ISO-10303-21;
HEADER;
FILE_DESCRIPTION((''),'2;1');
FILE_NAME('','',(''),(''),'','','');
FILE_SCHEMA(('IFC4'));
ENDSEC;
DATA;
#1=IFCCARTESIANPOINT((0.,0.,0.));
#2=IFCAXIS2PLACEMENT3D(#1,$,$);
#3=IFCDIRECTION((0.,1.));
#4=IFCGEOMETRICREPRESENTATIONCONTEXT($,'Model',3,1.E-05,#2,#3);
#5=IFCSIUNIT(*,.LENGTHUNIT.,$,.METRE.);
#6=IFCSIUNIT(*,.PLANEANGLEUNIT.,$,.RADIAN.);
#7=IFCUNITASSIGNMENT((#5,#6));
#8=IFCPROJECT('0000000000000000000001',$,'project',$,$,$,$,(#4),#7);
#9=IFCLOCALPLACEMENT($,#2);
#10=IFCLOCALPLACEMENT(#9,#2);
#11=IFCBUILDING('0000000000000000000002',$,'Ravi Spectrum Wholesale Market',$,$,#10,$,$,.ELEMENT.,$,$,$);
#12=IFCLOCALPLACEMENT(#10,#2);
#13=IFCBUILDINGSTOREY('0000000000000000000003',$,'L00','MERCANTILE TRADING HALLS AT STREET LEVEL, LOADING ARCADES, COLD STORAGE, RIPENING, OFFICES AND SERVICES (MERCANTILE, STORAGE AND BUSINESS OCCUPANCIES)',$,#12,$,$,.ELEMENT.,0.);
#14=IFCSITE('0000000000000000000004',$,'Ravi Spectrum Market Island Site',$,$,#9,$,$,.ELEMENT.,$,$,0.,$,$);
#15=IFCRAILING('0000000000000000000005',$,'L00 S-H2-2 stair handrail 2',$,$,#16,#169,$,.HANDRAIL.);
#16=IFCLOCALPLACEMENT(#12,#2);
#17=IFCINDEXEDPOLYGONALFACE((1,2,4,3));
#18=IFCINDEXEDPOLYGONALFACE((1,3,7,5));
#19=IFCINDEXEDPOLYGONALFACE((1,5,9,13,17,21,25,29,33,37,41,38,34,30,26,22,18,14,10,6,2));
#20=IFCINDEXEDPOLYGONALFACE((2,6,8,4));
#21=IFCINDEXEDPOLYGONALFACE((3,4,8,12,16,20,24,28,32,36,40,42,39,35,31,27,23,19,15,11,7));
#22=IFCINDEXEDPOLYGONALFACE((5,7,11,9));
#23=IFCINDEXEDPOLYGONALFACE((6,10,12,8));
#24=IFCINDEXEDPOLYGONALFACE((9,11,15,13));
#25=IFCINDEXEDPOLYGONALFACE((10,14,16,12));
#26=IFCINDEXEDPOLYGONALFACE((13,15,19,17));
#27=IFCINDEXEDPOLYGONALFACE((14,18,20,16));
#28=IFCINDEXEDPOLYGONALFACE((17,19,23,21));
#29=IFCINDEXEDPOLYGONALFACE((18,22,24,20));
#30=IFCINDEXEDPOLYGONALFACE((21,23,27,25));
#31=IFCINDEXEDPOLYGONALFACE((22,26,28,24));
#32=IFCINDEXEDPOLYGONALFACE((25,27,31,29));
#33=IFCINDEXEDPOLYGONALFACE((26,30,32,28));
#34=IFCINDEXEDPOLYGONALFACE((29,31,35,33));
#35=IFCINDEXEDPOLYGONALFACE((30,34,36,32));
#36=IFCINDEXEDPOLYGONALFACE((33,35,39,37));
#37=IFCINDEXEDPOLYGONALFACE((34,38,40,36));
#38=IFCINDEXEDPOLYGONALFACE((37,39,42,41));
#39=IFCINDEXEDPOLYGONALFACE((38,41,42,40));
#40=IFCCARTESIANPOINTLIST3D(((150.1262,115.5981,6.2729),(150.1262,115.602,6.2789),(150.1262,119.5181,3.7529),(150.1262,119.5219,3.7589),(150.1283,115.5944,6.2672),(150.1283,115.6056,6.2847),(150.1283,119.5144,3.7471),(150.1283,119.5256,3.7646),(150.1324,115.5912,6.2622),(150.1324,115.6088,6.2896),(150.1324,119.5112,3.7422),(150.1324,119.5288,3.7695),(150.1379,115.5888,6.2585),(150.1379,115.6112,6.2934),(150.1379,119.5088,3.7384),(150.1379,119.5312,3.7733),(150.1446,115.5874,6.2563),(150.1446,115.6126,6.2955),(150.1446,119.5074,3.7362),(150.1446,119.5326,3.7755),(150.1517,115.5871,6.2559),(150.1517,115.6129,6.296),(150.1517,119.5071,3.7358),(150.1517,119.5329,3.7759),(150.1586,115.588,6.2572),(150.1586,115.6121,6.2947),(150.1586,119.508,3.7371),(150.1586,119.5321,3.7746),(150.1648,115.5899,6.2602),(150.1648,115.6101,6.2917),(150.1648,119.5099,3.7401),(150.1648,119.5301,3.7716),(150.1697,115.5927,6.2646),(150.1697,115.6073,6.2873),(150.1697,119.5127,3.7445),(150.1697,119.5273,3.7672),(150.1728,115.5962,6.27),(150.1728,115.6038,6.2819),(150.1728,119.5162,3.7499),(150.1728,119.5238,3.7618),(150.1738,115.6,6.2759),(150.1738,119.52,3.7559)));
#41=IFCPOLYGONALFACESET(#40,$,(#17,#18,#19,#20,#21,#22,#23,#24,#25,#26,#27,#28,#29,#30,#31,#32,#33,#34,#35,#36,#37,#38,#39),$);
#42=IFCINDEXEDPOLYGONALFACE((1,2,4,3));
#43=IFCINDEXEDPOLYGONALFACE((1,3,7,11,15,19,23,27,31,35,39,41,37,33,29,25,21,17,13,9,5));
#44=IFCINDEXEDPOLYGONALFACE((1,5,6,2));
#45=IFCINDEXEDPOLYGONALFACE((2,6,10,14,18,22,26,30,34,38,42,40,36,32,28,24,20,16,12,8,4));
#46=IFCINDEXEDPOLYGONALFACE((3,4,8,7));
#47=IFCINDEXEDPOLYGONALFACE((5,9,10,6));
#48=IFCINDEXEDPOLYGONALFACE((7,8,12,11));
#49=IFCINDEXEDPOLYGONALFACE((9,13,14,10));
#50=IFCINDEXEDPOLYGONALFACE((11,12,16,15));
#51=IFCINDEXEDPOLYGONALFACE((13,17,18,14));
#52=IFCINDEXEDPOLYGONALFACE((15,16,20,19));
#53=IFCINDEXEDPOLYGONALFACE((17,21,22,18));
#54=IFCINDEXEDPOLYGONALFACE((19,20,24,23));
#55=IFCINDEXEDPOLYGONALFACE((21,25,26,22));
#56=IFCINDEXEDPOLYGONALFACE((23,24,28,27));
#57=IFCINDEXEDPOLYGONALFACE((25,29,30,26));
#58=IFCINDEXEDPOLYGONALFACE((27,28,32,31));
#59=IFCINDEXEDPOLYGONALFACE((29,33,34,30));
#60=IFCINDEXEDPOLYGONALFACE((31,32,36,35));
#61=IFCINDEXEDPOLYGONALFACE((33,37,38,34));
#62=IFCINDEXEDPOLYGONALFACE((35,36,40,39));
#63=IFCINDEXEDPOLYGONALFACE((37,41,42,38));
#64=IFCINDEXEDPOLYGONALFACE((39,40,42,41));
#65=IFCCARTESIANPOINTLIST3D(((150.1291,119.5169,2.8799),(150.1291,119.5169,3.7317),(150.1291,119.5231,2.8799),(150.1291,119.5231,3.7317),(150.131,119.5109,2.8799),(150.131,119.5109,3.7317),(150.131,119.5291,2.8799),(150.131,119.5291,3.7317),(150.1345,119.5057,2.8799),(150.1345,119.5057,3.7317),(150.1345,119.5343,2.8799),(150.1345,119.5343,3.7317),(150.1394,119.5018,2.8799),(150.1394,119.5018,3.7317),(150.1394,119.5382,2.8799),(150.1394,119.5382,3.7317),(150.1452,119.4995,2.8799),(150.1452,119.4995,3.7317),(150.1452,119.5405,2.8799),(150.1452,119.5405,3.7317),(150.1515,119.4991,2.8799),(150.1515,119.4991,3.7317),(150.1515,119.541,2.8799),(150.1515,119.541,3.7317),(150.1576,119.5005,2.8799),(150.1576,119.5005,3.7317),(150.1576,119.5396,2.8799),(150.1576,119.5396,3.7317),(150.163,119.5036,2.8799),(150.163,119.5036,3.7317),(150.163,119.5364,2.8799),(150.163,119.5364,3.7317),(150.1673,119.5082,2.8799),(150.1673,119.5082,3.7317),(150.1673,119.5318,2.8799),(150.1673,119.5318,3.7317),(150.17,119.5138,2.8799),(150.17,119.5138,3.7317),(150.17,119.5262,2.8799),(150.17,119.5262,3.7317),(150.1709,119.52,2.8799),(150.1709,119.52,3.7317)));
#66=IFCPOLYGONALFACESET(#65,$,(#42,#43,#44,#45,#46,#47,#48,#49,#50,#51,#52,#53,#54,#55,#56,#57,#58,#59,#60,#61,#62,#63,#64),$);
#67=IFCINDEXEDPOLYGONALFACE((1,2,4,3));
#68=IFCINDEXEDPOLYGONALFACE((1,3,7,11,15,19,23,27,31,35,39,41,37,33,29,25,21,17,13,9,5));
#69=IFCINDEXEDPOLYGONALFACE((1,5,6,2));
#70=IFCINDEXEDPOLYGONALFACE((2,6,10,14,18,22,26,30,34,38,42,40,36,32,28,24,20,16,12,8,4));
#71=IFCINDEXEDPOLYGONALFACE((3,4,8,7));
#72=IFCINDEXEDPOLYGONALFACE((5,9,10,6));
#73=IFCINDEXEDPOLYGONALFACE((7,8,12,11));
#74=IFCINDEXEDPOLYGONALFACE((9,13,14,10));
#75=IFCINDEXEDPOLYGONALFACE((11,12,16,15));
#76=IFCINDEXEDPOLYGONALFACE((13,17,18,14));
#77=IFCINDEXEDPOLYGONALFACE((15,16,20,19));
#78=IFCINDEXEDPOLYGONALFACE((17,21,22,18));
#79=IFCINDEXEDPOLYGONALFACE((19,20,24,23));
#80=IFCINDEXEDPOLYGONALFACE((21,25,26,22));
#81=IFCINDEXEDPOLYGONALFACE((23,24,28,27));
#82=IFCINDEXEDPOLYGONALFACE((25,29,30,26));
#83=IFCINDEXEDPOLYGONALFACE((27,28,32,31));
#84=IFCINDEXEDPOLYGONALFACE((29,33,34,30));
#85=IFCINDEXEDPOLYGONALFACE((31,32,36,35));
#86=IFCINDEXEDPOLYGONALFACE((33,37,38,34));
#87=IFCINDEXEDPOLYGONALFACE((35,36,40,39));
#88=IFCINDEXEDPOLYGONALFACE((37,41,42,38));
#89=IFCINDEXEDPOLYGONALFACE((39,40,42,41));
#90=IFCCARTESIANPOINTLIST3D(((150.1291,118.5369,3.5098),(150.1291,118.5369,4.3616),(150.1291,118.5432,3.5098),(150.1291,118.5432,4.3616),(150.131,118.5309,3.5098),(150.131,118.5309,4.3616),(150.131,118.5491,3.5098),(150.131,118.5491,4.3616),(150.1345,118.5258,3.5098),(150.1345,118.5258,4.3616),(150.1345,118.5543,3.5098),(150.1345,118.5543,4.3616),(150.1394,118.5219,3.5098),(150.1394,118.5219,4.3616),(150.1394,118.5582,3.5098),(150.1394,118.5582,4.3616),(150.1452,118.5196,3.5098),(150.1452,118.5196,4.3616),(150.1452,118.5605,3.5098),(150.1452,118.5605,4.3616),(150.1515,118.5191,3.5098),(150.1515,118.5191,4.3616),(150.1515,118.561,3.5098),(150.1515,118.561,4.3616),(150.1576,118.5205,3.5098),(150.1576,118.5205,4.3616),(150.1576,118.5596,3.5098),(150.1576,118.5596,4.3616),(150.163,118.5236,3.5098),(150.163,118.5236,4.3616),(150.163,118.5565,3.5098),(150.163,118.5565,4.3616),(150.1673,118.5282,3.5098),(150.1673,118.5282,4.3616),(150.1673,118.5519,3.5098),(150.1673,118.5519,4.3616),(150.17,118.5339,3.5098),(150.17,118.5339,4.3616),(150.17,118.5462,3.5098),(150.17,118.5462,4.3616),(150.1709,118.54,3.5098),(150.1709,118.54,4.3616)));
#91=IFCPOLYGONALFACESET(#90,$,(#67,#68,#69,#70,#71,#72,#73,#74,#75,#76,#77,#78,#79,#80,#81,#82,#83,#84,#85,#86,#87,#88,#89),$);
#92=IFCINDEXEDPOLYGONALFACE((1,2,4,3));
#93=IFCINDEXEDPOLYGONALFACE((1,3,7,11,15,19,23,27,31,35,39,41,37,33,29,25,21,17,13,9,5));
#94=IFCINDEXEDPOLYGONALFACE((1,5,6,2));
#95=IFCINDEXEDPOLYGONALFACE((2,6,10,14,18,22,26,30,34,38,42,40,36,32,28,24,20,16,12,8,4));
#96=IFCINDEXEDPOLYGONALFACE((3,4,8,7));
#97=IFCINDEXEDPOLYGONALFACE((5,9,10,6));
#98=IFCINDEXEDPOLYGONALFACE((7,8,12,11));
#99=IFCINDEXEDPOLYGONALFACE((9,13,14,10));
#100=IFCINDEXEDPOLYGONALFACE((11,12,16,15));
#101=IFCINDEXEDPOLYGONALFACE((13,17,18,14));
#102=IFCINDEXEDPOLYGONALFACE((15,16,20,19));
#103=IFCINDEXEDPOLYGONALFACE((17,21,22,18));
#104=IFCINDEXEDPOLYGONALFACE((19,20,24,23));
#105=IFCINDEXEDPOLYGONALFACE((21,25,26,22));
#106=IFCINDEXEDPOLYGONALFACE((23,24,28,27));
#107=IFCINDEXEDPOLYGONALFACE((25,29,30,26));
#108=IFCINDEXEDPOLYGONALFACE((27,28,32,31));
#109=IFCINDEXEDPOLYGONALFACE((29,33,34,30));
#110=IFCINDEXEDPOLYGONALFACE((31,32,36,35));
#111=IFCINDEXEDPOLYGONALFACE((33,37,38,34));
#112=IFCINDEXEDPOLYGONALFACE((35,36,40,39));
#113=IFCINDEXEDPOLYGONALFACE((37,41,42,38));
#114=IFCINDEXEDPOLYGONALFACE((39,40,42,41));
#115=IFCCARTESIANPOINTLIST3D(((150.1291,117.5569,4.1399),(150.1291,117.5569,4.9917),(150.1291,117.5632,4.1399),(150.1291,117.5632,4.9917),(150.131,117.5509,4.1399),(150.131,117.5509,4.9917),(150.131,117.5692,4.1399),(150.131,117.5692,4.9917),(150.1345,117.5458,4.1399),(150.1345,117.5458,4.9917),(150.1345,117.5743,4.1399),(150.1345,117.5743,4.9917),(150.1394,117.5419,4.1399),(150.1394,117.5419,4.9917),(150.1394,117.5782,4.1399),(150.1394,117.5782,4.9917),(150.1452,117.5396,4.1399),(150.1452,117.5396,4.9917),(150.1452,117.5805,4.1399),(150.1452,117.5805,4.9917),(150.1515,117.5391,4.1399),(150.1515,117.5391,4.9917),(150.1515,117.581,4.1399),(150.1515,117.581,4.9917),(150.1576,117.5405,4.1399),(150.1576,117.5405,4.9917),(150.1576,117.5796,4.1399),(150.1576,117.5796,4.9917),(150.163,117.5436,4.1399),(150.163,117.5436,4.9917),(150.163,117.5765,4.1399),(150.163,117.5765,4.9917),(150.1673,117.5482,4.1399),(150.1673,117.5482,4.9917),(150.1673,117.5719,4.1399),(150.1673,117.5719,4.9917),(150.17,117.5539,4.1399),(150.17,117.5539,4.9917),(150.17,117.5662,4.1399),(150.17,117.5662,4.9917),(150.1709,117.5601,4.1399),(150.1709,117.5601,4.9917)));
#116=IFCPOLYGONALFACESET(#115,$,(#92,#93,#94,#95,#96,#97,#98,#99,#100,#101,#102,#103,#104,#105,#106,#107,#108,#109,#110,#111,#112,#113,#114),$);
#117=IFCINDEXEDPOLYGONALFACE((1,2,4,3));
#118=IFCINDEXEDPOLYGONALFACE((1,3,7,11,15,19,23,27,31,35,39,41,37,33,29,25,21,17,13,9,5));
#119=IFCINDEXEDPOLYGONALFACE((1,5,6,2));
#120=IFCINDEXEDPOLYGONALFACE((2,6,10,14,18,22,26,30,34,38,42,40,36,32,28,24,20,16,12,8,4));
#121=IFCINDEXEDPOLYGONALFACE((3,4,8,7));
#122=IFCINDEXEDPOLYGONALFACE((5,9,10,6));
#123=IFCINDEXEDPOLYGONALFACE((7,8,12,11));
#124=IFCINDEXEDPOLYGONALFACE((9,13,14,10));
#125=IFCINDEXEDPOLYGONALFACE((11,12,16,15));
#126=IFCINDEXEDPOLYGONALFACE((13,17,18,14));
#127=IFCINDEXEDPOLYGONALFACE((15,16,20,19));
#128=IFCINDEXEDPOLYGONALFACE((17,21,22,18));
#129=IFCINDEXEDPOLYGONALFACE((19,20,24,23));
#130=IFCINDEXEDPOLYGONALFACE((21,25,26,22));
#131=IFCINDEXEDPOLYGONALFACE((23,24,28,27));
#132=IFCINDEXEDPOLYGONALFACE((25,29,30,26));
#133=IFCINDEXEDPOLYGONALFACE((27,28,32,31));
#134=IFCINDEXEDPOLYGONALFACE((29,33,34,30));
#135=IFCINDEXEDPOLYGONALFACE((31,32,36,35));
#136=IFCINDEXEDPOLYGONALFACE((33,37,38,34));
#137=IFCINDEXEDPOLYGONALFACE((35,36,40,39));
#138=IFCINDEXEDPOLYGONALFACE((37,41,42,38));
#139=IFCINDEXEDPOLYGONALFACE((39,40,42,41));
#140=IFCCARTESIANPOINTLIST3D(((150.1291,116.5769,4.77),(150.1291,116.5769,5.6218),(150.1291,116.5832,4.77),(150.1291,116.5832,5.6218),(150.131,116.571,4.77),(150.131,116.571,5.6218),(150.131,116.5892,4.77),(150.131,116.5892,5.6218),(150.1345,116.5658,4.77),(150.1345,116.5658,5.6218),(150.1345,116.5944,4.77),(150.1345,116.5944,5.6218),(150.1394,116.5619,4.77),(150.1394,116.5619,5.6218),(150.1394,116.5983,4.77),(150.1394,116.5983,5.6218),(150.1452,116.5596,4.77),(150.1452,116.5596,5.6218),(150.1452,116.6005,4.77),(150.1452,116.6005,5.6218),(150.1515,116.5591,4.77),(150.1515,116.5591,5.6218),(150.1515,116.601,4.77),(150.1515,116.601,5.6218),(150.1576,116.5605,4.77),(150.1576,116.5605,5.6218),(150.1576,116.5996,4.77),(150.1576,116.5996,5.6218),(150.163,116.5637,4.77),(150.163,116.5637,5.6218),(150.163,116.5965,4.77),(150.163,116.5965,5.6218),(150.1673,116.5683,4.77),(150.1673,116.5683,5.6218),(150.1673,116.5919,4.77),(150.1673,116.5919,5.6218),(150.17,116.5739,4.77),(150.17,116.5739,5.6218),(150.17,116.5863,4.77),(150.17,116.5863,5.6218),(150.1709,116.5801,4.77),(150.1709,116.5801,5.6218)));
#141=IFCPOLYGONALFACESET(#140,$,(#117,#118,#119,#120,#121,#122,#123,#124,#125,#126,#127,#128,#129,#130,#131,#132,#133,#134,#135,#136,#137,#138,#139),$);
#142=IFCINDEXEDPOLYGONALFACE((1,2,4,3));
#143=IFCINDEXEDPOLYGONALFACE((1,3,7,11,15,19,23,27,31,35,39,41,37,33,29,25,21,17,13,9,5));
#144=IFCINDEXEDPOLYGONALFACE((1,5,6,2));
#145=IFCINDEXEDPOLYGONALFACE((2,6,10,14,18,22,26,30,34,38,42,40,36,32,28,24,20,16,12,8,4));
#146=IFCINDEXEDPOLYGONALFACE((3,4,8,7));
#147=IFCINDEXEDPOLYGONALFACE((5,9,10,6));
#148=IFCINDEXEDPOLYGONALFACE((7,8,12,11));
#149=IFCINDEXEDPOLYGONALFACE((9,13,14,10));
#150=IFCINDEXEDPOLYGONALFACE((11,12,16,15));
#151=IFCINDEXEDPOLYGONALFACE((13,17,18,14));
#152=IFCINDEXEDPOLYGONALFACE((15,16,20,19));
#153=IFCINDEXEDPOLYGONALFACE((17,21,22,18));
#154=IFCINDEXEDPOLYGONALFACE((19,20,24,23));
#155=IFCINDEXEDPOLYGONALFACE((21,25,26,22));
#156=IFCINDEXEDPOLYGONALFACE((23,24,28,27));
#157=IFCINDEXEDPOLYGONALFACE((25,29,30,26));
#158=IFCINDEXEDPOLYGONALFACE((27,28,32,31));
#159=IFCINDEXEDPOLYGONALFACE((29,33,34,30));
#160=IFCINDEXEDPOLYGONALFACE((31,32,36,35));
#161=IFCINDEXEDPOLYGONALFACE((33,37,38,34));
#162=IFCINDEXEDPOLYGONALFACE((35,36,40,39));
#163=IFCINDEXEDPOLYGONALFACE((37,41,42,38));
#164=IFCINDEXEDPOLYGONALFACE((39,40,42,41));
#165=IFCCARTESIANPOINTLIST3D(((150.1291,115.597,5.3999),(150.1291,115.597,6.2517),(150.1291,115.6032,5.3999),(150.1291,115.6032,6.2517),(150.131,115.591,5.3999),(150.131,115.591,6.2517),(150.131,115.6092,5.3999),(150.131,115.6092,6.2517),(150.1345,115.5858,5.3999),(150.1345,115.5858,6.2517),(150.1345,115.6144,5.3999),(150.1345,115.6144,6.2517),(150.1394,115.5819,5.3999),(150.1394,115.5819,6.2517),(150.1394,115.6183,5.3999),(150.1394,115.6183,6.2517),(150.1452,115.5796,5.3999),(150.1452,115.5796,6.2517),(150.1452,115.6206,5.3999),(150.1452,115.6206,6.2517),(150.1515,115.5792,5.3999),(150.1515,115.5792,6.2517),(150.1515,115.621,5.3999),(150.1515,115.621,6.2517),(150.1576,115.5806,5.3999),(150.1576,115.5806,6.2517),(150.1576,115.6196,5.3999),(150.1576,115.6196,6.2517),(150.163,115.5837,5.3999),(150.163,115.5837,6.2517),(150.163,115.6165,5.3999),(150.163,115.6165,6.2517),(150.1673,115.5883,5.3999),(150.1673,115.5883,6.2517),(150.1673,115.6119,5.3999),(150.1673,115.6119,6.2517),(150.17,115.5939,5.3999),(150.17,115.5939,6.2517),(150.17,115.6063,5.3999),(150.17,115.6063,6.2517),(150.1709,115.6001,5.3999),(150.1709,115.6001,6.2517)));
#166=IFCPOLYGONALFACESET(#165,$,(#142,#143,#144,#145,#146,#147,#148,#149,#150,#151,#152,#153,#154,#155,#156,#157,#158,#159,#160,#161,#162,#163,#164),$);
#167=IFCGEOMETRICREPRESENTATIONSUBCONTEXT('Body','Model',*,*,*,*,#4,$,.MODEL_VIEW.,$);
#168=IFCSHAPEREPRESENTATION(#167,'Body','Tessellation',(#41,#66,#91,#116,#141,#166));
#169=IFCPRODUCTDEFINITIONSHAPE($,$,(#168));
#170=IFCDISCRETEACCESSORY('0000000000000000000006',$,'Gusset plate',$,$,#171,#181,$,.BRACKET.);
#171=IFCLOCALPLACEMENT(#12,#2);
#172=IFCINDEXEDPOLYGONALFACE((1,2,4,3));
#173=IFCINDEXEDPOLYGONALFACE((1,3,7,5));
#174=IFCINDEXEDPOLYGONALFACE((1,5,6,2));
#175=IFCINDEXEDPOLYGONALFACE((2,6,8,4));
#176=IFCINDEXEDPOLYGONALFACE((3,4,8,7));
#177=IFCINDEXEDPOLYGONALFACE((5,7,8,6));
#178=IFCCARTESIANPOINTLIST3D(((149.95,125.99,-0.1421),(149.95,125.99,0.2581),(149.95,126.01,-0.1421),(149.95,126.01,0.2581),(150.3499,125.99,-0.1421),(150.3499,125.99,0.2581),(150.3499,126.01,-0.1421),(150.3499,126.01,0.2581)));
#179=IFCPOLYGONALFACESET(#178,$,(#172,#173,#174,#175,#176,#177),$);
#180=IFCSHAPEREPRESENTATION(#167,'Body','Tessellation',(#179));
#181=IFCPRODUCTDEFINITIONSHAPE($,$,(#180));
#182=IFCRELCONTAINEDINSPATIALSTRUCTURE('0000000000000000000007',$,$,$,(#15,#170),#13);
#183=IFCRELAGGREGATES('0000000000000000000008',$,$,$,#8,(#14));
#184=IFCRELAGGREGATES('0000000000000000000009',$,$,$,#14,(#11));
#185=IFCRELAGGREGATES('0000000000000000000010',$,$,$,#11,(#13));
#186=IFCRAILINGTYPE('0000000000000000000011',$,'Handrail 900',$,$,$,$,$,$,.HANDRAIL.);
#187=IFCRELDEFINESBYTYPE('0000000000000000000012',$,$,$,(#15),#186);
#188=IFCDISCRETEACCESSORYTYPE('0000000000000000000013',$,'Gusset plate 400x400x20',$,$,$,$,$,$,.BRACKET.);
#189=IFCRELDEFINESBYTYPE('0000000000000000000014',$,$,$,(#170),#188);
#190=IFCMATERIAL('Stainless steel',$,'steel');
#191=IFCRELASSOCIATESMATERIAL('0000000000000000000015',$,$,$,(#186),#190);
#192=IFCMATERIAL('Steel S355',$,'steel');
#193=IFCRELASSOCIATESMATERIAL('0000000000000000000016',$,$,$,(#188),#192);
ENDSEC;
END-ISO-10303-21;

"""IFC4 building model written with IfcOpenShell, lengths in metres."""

from ifc_helpers import new_model, si_unit, direction, frame, origin, origin_2d, place, context, subcontext, project, spatial, rectangle, circle, extrude, material, material_profile, profile_set, type_object, element, save


model = new_model("IFC4")

# Units and contexts
model_context = context("Model", 3, precision=1e-05, world=origin(), true_north=direction((0.0, 1.0)))
body_context = subcontext(model_context, "Body", "Model", "MODEL_VIEW")
ifc_project = project(units=[si_unit("LENGTHUNIT", "METRE"), si_unit("PLANEANGLEUNIT", "RADIAN")], contexts=[model_context])

# Site, building, storey
site_placement = place(None, origin())
site = spatial("IfcSite", under=ifc_project, at=site_placement, Name="Ravi Spectrum Market Island Site", CompositionType="ELEMENT", RefElevation=0.0)
building_placement = place(site_placement, origin())
building = spatial("IfcBuilding", under=site, at=building_placement, Name="Ravi Spectrum Wholesale Market", CompositionType="ELEMENT")
storey_placement = place(building_placement, origin())
storey = spatial("IfcBuildingStorey", under=building, at=storey_placement, Name="L00", Description="MERCANTILE TRADING HALLS AT STREET LEVEL, LOADING ARCADES, COLD STORAGE, RIPENING, OFFICES AND SERVICES (MERCANTILE, STORAGE AND BUSINESS OCCUPANCIES)", CompositionType="ELEMENT", Elevation=0.0)

# Railing
ifc_material_1 = material(Name="Stainless steel", Category="steel")
railing_type_1 = type_object("IfcRailingType", Name="Handrail 900", PredefinedType="HANDRAIL", material=ifc_material_1)
railing_1_placement = place(storey_placement, frame((150.1499, 119.52, 2.8799)))
element("IfcRailing", 1, at=railing_1_placement, inside=storey, type_object=railing_type_1, Name="L00 S-H2-2 stair handrail 2", PredefinedType="HANDRAIL", context=body_context, shape_type="SweptSolid", body=[
    extrude(circle(Radius=0.0239, at=origin_2d()), frame((0.0, 0.0, 0.876), z_axis=(0.0, -0.841172, 0.540768), x_axis=(1.0, 0.0, 0.0)), (0.0, 0.0, 1.0), 4.6602),
    extrude(circle(Radius=0.021, at=origin_2d()), origin(), (0.0, 0.0, 1.0), 0.8518),
    extrude(circle(Radius=0.021, at=origin_2d()), frame((0.0, -0.98, 0.6299)), (0.0, 0.0, 1.0), 0.8518),
    extrude(circle(Radius=0.021, at=origin_2d()), frame((0.0, -1.96, 1.26)), (0.0, 0.0, 1.0), 0.8518),
    extrude(circle(Radius=0.021, at=origin_2d()), frame((0.0, -2.9399, 1.8901)), (0.0, 0.0, 1.0), 0.8518),
    extrude(circle(Radius=0.021, at=origin_2d()), frame((0.0, -3.9199, 2.52)), (0.0, 0.0, 1.0), 0.8518),
])

# Discrete accessory
ifc_material_2 = material(Name="Steel S355", Category="steel")
ifc_material_profile_1 = material_profile(ifc_material_2, rectangle(XDim=0.3999, YDim=0.02, at=origin_2d()))
ifc_profile_set_1 = profile_set([ifc_material_profile_1], Name="Steel S355")
discrete_accessory_type = type_object("IfcDiscreteAccessoryType", Name="Gusset plate 400x400x20", PredefinedType="BRACKET", material=ifc_profile_set_1)
discrete_accessory_placement = place(storey_placement, frame((150.1499, 126.0, -0.1421), z_axis=(0.0, 0.0, 1.0), x_axis=(1.0, 0.0, 0.0)))
element("IfcDiscreteAccessory", 2, at=discrete_accessory_placement, inside=storey, type_object=discrete_accessory_type, Name="Gusset plate", PredefinedType="BRACKET", context=body_context, shape_type="SweptSolid", body=[
    extrude(rectangle(XDim=0.3999, YDim=0.02, at=origin_2d()), origin(), (0.0, 0.0, 1.0), 0.4001),
])

save(model, "model.ifc")
